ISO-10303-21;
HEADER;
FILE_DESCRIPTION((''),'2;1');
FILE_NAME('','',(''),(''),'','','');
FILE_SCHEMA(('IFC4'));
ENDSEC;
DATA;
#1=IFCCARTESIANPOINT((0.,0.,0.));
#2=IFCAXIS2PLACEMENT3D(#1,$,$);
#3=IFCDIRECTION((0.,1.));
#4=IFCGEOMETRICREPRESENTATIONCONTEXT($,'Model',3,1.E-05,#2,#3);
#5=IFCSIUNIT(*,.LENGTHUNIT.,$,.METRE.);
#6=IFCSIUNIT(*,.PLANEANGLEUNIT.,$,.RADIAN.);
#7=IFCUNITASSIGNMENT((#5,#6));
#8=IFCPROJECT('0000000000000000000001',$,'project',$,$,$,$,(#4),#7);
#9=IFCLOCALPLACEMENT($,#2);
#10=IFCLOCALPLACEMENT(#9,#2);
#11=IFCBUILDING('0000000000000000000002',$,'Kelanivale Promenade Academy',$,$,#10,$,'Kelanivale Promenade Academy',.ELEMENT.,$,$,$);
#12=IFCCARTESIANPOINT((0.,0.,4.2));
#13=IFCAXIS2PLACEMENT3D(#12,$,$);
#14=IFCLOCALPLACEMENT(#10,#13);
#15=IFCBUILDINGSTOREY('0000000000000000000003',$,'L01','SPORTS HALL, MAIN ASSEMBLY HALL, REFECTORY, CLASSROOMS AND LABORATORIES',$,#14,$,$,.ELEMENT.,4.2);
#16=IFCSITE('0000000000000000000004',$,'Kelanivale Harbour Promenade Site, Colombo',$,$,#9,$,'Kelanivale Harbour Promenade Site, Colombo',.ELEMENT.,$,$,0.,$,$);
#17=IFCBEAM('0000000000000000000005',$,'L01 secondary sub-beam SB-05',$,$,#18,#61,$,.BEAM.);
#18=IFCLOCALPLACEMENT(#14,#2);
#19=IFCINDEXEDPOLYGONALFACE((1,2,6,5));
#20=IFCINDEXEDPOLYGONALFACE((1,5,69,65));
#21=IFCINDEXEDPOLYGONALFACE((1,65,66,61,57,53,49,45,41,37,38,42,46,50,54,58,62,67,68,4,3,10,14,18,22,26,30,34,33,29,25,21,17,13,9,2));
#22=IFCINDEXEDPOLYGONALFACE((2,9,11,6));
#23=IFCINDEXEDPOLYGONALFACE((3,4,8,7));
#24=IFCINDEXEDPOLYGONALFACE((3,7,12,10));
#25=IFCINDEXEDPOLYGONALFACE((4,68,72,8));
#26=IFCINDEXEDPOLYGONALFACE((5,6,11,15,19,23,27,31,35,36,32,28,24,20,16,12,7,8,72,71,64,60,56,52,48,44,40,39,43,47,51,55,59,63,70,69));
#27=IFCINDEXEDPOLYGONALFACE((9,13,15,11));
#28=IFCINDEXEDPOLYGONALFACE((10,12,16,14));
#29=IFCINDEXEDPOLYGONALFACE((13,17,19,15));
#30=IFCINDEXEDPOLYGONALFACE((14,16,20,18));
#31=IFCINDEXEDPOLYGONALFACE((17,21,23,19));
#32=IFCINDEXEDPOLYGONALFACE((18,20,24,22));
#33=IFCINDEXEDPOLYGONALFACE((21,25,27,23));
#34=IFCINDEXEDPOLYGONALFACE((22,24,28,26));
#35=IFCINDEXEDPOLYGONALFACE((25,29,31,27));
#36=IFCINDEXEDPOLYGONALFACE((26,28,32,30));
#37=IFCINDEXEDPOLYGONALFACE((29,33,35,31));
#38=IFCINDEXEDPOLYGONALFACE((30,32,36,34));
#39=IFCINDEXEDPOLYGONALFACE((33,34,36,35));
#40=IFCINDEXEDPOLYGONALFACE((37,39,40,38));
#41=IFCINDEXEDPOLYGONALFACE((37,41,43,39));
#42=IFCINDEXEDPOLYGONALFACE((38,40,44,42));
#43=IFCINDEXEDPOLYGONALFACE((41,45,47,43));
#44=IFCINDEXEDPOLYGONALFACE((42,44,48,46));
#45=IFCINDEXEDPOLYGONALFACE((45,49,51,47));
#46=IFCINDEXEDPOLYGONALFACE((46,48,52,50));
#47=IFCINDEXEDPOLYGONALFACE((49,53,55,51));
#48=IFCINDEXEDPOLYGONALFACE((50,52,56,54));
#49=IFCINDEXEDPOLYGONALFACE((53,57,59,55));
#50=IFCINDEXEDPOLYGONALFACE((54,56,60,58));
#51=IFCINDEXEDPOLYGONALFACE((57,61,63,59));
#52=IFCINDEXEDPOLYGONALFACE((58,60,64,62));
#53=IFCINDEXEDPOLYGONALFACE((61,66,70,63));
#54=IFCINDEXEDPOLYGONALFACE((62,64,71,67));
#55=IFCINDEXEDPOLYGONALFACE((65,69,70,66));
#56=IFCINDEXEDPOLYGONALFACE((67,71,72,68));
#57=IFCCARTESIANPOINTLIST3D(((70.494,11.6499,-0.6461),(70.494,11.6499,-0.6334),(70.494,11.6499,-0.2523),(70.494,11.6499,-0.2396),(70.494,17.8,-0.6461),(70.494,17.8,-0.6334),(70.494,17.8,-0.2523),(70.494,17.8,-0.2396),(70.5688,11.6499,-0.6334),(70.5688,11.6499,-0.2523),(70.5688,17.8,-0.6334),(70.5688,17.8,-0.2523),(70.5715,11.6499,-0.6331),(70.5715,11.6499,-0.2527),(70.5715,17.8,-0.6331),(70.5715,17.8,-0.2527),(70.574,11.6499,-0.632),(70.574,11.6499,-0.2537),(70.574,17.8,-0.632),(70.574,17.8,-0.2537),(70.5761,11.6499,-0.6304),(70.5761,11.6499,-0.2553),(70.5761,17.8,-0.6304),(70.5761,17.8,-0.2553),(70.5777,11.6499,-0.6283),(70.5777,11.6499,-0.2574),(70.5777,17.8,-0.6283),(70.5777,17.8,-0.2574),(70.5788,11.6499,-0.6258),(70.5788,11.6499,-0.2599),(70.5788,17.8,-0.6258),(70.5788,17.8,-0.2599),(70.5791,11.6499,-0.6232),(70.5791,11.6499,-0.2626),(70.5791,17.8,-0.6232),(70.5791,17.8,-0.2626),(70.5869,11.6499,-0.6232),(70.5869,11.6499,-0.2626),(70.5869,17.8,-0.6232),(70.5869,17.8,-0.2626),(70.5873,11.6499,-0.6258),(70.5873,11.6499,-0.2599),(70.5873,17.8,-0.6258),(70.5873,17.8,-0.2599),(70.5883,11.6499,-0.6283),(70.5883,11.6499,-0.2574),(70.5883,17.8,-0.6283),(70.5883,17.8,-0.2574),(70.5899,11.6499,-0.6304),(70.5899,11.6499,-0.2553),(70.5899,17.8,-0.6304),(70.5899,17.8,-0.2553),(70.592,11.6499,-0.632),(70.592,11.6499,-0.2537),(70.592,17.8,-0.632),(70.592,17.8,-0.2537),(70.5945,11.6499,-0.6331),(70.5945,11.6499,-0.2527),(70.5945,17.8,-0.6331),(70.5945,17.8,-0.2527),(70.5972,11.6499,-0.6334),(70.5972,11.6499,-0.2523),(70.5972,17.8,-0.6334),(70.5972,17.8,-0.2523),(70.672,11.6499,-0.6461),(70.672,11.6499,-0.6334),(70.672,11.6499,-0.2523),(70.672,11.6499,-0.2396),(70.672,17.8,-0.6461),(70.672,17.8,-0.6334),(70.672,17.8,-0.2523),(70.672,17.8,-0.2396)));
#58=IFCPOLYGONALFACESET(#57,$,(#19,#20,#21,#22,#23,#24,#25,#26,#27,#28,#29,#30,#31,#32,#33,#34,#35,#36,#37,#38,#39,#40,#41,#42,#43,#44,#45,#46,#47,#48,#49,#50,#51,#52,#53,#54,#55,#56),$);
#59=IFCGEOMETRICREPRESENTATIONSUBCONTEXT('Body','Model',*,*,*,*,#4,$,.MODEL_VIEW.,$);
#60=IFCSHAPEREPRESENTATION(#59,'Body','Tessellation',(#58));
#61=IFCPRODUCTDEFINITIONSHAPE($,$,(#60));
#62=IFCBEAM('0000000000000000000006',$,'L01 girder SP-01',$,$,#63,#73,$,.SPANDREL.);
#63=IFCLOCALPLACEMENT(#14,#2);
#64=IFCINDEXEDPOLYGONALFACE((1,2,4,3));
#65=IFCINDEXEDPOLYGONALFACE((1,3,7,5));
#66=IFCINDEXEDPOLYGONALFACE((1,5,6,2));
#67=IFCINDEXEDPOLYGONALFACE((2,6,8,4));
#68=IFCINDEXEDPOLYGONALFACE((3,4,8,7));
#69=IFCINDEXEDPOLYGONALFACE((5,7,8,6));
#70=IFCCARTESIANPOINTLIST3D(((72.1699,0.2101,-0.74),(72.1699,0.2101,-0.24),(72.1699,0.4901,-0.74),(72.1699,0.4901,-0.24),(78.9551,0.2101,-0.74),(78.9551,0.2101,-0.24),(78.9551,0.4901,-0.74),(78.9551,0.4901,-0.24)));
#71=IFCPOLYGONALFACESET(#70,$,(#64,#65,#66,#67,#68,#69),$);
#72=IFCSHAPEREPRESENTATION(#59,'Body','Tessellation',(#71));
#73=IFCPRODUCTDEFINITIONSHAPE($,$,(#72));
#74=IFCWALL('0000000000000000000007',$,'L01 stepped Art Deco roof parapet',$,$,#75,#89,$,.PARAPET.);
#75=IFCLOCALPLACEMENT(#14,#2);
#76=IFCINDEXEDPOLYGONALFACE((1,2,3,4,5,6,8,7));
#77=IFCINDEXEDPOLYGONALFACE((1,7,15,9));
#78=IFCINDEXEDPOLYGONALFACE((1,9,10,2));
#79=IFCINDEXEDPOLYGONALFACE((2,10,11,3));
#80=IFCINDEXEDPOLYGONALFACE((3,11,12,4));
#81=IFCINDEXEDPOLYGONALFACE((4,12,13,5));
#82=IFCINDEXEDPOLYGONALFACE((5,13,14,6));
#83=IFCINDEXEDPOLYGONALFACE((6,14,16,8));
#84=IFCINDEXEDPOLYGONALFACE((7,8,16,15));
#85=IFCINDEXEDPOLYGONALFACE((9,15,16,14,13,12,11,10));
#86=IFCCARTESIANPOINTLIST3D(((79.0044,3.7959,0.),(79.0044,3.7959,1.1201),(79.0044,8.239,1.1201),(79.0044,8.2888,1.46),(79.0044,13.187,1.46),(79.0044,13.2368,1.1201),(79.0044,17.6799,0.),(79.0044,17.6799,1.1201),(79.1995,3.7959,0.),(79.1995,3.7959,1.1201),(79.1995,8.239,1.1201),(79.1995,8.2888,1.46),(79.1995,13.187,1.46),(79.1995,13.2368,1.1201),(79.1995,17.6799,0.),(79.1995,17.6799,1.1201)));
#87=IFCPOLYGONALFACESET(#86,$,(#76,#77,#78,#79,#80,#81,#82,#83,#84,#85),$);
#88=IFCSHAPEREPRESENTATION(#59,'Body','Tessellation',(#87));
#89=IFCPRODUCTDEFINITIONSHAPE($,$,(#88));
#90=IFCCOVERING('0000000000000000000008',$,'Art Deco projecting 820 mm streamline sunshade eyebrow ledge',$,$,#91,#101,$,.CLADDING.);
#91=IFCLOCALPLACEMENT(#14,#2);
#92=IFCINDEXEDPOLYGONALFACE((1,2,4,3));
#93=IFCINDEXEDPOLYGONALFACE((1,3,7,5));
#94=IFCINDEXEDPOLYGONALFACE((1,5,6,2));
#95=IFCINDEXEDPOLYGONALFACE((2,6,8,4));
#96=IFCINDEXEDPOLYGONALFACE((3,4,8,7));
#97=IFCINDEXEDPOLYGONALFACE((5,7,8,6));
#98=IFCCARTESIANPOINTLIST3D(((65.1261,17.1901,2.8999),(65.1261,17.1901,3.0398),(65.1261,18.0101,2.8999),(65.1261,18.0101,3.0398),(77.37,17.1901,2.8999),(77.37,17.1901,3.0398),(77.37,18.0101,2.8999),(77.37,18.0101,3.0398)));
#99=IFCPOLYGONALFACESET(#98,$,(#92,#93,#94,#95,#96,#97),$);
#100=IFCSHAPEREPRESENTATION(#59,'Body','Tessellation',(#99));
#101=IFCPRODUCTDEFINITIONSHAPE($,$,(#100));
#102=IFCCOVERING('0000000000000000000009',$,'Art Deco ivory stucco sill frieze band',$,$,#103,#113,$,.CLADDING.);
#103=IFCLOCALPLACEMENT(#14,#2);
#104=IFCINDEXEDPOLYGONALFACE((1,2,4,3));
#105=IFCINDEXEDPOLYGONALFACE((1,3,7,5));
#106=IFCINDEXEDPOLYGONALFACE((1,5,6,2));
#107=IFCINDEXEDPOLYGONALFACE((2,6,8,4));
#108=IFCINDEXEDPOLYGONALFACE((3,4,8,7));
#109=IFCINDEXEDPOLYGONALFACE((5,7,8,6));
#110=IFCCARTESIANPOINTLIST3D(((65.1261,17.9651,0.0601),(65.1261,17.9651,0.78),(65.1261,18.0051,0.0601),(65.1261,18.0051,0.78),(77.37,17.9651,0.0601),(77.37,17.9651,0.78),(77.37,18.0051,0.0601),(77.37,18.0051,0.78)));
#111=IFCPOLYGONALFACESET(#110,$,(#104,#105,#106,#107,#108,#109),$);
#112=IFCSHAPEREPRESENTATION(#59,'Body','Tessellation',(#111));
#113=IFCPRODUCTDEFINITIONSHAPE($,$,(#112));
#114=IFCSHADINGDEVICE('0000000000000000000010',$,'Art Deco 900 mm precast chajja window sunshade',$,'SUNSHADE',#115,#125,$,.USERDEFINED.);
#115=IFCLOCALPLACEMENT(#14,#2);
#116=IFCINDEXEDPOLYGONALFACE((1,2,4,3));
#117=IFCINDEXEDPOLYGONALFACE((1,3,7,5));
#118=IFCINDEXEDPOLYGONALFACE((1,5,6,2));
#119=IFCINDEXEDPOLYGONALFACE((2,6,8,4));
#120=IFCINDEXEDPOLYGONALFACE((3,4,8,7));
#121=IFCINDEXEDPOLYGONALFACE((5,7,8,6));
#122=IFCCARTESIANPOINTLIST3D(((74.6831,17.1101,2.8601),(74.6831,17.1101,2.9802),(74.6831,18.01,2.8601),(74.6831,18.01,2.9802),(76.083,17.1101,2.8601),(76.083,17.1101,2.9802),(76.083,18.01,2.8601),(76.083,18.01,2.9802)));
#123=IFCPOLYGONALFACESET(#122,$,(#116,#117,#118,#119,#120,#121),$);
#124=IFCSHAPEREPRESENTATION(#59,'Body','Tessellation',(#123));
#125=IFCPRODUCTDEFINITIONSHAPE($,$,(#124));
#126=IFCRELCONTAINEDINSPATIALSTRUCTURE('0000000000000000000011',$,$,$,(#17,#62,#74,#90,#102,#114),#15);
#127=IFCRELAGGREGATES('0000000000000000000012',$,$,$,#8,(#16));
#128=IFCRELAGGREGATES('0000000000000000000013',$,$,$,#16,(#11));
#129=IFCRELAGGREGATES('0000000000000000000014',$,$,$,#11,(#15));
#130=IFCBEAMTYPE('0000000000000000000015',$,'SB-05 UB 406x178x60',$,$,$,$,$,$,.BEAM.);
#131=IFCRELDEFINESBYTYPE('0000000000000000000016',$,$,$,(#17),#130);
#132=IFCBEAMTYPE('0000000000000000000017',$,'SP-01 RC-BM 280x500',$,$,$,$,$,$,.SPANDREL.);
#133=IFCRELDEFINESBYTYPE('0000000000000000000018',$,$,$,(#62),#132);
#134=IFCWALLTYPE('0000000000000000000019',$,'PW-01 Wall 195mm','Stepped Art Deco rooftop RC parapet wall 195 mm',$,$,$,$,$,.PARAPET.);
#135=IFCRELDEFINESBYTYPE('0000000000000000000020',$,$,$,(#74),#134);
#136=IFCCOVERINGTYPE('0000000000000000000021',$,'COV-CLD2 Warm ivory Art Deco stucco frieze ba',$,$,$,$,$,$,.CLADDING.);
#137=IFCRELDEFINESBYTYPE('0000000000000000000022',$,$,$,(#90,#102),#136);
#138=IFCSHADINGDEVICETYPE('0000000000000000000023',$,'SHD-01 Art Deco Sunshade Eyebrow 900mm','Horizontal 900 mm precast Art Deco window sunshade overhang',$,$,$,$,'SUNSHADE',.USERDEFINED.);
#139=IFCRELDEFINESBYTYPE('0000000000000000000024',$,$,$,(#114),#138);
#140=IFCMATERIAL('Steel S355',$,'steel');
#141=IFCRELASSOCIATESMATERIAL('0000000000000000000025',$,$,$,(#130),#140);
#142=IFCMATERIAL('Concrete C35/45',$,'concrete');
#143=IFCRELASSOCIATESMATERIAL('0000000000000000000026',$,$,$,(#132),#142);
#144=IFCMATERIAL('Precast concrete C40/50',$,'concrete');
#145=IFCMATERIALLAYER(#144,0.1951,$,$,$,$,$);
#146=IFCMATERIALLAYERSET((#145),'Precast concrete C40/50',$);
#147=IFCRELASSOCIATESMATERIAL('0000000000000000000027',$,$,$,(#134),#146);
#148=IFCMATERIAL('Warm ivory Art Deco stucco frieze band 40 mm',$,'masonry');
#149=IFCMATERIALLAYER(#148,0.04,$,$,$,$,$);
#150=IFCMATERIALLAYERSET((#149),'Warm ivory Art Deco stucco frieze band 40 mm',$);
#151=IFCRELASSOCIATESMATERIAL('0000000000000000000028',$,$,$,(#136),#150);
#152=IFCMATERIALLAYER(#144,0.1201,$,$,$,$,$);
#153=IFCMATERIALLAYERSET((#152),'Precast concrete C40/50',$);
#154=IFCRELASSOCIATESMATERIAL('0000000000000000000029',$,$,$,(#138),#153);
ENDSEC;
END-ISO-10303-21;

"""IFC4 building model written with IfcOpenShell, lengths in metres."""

from ifc_helpers import new_model, si_unit, direction, frame, origin, origin_2d, place, context, subcontext, project, spatial, polyline, rectangle, i_section, outline, extrude, material, layer, layer_set, material_profile, profile_set, type_object, element, save


model = new_model("IFC4")

# Units and contexts
model_context = context("Model", 3, precision=1e-05, world=origin(), true_north=direction((0.0, 1.0)))
body_context = subcontext(model_context, "Body", "Model", "MODEL_VIEW")
ifc_project = project(units=[si_unit("LENGTHUNIT", "METRE"), si_unit("PLANEANGLEUNIT", "RADIAN")], contexts=[model_context])

# Site, building, storey
site_placement = place(None, origin())
site = spatial("IfcSite", under=ifc_project, at=site_placement, Name="Kelanivale Harbour Promenade Site, Colombo", LongName="Kelanivale Harbour Promenade Site, Colombo", CompositionType="ELEMENT", RefElevation=0.0)
building_placement = place(site_placement, origin())
building = spatial("IfcBuilding", under=site, at=building_placement, Name="Kelanivale Promenade Academy", LongName="Kelanivale Promenade Academy", CompositionType="ELEMENT")
storey_placement = place(building_placement, frame((0.0, 0.0, 4.2)))
storey = spatial("IfcBuildingStorey", under=building, at=storey_placement, Name="L01", Description="SPORTS HALL, MAIN ASSEMBLY HALL, REFECTORY, CLASSROOMS AND LABORATORIES", CompositionType="ELEMENT", Elevation=4.2)

# Beams
ifc_material_1 = material(Name="Concrete C35/45", Category="concrete")
ifc_material_2 = material(Name="Steel S355", Category="steel")
ifc_material_profile_1 = material_profile(ifc_material_2, i_section(OverallWidth=0.178, OverallDepth=0.4065, WebThickness=0.0078, FlangeThickness=0.0127, FilletRadius=0.0103, at=origin_2d()), Name="UB 406x178x60")
ifc_profile_set_1 = profile_set([ifc_material_profile_1], Name="Steel S355")
beam_type_1 = type_object("IfcBeamType", Name="SB-05 UB 406x178x60", PredefinedType="BEAM", material=ifc_profile_set_1)
beam_1_placement = place(storey_placement, frame((70.583, 11.6499, -0.4429), z_axis=(0.0, 1.0, 0.0), x_axis=(-1.0, 0.0, 0.0)))
element("IfcBeam", 1, at=beam_1_placement, inside=storey, type_object=beam_type_1, Name="L01 secondary sub-beam SB-05", PredefinedType="BEAM", context=body_context, shape_type="SweptSolid", body=[
    extrude(i_section(OverallWidth=0.178, OverallDepth=0.4065, WebThickness=0.0078, FlangeThickness=0.0127, FilletRadius=0.0103, at=origin_2d()), origin(), (0.0, 0.0, 1.0), 6.1501),
])
ifc_material_profile_2 = material_profile(ifc_material_1, rectangle(XDim=0.28, YDim=0.5, at=origin_2d()), Name="RC-BM 280x500")
ifc_profile_set_2 = profile_set([ifc_material_profile_2], Name="Concrete C35/45")
beam_type_2 = type_object("IfcBeamType", Name="SP-01 RC-BM 280x500", PredefinedType="SPANDREL", material=ifc_profile_set_2)
beam_2_placement = place(storey_placement, frame((72.1699, 0.3501, -0.49), z_axis=(1.0, 0.0, 0.0), x_axis=(0.0, 1.0, 0.0)))
element("IfcBeam", 2, at=beam_2_placement, inside=storey, type_object=beam_type_2, Name="L01 girder SP-01", PredefinedType="SPANDREL", context=body_context, shape_type="SweptSolid", body=[
    extrude(rectangle(XDim=0.28, YDim=0.5, at=origin_2d()), origin(), (0.0, 0.0, 1.0), 6.7852),
])

# Wall
ifc_material_3 = material(Name="Precast concrete C40/50", Category="concrete")
ifc_layer_1 = layer(ifc_material_3, 0.1951)
ifc_layer_set_1 = layer_set([ifc_layer_1], Name="Precast concrete C40/50")
wall_type = type_object("IfcWallType", Name="PW-01 Wall 195mm", Description="Stepped Art Deco rooftop RC parapet wall 195 mm", PredefinedType="PARAPET", material=ifc_layer_set_1)
wall_placement = place(storey_placement, frame((79.1021, 3.7959, 0.0), z_axis=(0.0, 0.0, 1.0), x_axis=(0.0, 1.0, 0.0)))
element("IfcWall", 3, at=wall_placement, inside=storey, type_object=wall_type, Name="L01 stepped Art Deco roof parapet", PredefinedType="PARAPET", context=body_context, shape_type="SweptSolid", body=[
    extrude(outline(polyline([(0.0, 0.0), (13.884, 0.0), (13.884, 1.1201), (9.4409, 1.1201), (9.3911, 1.46), (4.4929, 1.46), (4.4431, 1.1201), (0.0, 1.1201), (0.0, 0.0)])), frame((0.0, 0.0977, 0.0), z_axis=(0.0, -1.0, 0.0), x_axis=(1.0, 0.0, 0.0)), (0.0, 0.0, 1.0), 0.1951),
])

# Coverings
ifc_material_4 = material(Name="Warm ivory Art Deco stucco frieze band 40 mm", Category="masonry")
ifc_layer_2 = layer(ifc_material_4, 0.04)
ifc_layer_set_2 = layer_set([ifc_layer_2], Name="Warm ivory Art Deco stucco frieze band 40 mm")
covering_type = type_object("IfcCoveringType", Name="COV-CLD2 Warm ivory Art Deco stucco frieze ba", PredefinedType="CLADDING", material=ifc_layer_set_2)
covering_1_placement = place(storey_placement, frame((71.248, 17.6001, 2.8999), z_axis=(0.0, 0.0, 1.0), x_axis=(1.0, 0.0, 0.0)))
element("IfcCovering", 4, at=covering_1_placement, inside=storey, type_object=covering_type, Name="Art Deco projecting 820 mm streamline sunshade eyebrow ledge", PredefinedType="CLADDING", context=body_context, shape_type="SweptSolid", body=[
    extrude(rectangle(XDim=12.2439, YDim=0.8201, at=origin_2d()), origin(), (0.0, 0.0, 1.0), 0.1399),
])
covering_2_placement = place(storey_placement, frame((71.248, 17.9851, 0.0601), z_axis=(0.0, 0.0, 1.0), x_axis=(1.0, 0.0, 0.0)))
element("IfcCovering", 5, at=covering_2_placement, inside=storey, type_object=covering_type, Name="Art Deco ivory stucco sill frieze band", PredefinedType="CLADDING", context=body_context, shape_type="SweptSolid", body=[
    extrude(rectangle(XDim=12.2439, YDim=0.04, at=origin_2d()), origin(), (0.0, 0.0, 1.0), 0.72),
])

# Shading device
ifc_layer_3 = layer(ifc_material_3, 0.1201)
ifc_layer_set_3 = layer_set([ifc_layer_3], Name="Precast concrete C40/50")
shading_device_type = type_object("IfcShadingDeviceType", Name="SHD-01 Art Deco Sunshade Eyebrow 900mm", Description="Horizontal 900 mm precast Art Deco window sunshade overhang", ElementType="SUNSHADE", PredefinedType="USERDEFINED", material=ifc_layer_set_3)
shading_device_placement = place(storey_placement, frame((75.3831, 17.5601, 2.8601), z_axis=(0.0, 0.0, 1.0), x_axis=(1.0, 0.0, 0.0)))
element("IfcShadingDevice", 6, at=shading_device_placement, inside=storey, type_object=shading_device_type, Name="Art Deco 900 mm precast chajja window sunshade", ObjectType="SUNSHADE", PredefinedType="USERDEFINED", context=body_context, shape_type="SweptSolid", body=[
    extrude(rectangle(XDim=1.3999, YDim=0.8999, at=origin_2d()), origin(), (0.0, 0.0, 1.0), 0.1201),
])

save(model, "model.ifc")
